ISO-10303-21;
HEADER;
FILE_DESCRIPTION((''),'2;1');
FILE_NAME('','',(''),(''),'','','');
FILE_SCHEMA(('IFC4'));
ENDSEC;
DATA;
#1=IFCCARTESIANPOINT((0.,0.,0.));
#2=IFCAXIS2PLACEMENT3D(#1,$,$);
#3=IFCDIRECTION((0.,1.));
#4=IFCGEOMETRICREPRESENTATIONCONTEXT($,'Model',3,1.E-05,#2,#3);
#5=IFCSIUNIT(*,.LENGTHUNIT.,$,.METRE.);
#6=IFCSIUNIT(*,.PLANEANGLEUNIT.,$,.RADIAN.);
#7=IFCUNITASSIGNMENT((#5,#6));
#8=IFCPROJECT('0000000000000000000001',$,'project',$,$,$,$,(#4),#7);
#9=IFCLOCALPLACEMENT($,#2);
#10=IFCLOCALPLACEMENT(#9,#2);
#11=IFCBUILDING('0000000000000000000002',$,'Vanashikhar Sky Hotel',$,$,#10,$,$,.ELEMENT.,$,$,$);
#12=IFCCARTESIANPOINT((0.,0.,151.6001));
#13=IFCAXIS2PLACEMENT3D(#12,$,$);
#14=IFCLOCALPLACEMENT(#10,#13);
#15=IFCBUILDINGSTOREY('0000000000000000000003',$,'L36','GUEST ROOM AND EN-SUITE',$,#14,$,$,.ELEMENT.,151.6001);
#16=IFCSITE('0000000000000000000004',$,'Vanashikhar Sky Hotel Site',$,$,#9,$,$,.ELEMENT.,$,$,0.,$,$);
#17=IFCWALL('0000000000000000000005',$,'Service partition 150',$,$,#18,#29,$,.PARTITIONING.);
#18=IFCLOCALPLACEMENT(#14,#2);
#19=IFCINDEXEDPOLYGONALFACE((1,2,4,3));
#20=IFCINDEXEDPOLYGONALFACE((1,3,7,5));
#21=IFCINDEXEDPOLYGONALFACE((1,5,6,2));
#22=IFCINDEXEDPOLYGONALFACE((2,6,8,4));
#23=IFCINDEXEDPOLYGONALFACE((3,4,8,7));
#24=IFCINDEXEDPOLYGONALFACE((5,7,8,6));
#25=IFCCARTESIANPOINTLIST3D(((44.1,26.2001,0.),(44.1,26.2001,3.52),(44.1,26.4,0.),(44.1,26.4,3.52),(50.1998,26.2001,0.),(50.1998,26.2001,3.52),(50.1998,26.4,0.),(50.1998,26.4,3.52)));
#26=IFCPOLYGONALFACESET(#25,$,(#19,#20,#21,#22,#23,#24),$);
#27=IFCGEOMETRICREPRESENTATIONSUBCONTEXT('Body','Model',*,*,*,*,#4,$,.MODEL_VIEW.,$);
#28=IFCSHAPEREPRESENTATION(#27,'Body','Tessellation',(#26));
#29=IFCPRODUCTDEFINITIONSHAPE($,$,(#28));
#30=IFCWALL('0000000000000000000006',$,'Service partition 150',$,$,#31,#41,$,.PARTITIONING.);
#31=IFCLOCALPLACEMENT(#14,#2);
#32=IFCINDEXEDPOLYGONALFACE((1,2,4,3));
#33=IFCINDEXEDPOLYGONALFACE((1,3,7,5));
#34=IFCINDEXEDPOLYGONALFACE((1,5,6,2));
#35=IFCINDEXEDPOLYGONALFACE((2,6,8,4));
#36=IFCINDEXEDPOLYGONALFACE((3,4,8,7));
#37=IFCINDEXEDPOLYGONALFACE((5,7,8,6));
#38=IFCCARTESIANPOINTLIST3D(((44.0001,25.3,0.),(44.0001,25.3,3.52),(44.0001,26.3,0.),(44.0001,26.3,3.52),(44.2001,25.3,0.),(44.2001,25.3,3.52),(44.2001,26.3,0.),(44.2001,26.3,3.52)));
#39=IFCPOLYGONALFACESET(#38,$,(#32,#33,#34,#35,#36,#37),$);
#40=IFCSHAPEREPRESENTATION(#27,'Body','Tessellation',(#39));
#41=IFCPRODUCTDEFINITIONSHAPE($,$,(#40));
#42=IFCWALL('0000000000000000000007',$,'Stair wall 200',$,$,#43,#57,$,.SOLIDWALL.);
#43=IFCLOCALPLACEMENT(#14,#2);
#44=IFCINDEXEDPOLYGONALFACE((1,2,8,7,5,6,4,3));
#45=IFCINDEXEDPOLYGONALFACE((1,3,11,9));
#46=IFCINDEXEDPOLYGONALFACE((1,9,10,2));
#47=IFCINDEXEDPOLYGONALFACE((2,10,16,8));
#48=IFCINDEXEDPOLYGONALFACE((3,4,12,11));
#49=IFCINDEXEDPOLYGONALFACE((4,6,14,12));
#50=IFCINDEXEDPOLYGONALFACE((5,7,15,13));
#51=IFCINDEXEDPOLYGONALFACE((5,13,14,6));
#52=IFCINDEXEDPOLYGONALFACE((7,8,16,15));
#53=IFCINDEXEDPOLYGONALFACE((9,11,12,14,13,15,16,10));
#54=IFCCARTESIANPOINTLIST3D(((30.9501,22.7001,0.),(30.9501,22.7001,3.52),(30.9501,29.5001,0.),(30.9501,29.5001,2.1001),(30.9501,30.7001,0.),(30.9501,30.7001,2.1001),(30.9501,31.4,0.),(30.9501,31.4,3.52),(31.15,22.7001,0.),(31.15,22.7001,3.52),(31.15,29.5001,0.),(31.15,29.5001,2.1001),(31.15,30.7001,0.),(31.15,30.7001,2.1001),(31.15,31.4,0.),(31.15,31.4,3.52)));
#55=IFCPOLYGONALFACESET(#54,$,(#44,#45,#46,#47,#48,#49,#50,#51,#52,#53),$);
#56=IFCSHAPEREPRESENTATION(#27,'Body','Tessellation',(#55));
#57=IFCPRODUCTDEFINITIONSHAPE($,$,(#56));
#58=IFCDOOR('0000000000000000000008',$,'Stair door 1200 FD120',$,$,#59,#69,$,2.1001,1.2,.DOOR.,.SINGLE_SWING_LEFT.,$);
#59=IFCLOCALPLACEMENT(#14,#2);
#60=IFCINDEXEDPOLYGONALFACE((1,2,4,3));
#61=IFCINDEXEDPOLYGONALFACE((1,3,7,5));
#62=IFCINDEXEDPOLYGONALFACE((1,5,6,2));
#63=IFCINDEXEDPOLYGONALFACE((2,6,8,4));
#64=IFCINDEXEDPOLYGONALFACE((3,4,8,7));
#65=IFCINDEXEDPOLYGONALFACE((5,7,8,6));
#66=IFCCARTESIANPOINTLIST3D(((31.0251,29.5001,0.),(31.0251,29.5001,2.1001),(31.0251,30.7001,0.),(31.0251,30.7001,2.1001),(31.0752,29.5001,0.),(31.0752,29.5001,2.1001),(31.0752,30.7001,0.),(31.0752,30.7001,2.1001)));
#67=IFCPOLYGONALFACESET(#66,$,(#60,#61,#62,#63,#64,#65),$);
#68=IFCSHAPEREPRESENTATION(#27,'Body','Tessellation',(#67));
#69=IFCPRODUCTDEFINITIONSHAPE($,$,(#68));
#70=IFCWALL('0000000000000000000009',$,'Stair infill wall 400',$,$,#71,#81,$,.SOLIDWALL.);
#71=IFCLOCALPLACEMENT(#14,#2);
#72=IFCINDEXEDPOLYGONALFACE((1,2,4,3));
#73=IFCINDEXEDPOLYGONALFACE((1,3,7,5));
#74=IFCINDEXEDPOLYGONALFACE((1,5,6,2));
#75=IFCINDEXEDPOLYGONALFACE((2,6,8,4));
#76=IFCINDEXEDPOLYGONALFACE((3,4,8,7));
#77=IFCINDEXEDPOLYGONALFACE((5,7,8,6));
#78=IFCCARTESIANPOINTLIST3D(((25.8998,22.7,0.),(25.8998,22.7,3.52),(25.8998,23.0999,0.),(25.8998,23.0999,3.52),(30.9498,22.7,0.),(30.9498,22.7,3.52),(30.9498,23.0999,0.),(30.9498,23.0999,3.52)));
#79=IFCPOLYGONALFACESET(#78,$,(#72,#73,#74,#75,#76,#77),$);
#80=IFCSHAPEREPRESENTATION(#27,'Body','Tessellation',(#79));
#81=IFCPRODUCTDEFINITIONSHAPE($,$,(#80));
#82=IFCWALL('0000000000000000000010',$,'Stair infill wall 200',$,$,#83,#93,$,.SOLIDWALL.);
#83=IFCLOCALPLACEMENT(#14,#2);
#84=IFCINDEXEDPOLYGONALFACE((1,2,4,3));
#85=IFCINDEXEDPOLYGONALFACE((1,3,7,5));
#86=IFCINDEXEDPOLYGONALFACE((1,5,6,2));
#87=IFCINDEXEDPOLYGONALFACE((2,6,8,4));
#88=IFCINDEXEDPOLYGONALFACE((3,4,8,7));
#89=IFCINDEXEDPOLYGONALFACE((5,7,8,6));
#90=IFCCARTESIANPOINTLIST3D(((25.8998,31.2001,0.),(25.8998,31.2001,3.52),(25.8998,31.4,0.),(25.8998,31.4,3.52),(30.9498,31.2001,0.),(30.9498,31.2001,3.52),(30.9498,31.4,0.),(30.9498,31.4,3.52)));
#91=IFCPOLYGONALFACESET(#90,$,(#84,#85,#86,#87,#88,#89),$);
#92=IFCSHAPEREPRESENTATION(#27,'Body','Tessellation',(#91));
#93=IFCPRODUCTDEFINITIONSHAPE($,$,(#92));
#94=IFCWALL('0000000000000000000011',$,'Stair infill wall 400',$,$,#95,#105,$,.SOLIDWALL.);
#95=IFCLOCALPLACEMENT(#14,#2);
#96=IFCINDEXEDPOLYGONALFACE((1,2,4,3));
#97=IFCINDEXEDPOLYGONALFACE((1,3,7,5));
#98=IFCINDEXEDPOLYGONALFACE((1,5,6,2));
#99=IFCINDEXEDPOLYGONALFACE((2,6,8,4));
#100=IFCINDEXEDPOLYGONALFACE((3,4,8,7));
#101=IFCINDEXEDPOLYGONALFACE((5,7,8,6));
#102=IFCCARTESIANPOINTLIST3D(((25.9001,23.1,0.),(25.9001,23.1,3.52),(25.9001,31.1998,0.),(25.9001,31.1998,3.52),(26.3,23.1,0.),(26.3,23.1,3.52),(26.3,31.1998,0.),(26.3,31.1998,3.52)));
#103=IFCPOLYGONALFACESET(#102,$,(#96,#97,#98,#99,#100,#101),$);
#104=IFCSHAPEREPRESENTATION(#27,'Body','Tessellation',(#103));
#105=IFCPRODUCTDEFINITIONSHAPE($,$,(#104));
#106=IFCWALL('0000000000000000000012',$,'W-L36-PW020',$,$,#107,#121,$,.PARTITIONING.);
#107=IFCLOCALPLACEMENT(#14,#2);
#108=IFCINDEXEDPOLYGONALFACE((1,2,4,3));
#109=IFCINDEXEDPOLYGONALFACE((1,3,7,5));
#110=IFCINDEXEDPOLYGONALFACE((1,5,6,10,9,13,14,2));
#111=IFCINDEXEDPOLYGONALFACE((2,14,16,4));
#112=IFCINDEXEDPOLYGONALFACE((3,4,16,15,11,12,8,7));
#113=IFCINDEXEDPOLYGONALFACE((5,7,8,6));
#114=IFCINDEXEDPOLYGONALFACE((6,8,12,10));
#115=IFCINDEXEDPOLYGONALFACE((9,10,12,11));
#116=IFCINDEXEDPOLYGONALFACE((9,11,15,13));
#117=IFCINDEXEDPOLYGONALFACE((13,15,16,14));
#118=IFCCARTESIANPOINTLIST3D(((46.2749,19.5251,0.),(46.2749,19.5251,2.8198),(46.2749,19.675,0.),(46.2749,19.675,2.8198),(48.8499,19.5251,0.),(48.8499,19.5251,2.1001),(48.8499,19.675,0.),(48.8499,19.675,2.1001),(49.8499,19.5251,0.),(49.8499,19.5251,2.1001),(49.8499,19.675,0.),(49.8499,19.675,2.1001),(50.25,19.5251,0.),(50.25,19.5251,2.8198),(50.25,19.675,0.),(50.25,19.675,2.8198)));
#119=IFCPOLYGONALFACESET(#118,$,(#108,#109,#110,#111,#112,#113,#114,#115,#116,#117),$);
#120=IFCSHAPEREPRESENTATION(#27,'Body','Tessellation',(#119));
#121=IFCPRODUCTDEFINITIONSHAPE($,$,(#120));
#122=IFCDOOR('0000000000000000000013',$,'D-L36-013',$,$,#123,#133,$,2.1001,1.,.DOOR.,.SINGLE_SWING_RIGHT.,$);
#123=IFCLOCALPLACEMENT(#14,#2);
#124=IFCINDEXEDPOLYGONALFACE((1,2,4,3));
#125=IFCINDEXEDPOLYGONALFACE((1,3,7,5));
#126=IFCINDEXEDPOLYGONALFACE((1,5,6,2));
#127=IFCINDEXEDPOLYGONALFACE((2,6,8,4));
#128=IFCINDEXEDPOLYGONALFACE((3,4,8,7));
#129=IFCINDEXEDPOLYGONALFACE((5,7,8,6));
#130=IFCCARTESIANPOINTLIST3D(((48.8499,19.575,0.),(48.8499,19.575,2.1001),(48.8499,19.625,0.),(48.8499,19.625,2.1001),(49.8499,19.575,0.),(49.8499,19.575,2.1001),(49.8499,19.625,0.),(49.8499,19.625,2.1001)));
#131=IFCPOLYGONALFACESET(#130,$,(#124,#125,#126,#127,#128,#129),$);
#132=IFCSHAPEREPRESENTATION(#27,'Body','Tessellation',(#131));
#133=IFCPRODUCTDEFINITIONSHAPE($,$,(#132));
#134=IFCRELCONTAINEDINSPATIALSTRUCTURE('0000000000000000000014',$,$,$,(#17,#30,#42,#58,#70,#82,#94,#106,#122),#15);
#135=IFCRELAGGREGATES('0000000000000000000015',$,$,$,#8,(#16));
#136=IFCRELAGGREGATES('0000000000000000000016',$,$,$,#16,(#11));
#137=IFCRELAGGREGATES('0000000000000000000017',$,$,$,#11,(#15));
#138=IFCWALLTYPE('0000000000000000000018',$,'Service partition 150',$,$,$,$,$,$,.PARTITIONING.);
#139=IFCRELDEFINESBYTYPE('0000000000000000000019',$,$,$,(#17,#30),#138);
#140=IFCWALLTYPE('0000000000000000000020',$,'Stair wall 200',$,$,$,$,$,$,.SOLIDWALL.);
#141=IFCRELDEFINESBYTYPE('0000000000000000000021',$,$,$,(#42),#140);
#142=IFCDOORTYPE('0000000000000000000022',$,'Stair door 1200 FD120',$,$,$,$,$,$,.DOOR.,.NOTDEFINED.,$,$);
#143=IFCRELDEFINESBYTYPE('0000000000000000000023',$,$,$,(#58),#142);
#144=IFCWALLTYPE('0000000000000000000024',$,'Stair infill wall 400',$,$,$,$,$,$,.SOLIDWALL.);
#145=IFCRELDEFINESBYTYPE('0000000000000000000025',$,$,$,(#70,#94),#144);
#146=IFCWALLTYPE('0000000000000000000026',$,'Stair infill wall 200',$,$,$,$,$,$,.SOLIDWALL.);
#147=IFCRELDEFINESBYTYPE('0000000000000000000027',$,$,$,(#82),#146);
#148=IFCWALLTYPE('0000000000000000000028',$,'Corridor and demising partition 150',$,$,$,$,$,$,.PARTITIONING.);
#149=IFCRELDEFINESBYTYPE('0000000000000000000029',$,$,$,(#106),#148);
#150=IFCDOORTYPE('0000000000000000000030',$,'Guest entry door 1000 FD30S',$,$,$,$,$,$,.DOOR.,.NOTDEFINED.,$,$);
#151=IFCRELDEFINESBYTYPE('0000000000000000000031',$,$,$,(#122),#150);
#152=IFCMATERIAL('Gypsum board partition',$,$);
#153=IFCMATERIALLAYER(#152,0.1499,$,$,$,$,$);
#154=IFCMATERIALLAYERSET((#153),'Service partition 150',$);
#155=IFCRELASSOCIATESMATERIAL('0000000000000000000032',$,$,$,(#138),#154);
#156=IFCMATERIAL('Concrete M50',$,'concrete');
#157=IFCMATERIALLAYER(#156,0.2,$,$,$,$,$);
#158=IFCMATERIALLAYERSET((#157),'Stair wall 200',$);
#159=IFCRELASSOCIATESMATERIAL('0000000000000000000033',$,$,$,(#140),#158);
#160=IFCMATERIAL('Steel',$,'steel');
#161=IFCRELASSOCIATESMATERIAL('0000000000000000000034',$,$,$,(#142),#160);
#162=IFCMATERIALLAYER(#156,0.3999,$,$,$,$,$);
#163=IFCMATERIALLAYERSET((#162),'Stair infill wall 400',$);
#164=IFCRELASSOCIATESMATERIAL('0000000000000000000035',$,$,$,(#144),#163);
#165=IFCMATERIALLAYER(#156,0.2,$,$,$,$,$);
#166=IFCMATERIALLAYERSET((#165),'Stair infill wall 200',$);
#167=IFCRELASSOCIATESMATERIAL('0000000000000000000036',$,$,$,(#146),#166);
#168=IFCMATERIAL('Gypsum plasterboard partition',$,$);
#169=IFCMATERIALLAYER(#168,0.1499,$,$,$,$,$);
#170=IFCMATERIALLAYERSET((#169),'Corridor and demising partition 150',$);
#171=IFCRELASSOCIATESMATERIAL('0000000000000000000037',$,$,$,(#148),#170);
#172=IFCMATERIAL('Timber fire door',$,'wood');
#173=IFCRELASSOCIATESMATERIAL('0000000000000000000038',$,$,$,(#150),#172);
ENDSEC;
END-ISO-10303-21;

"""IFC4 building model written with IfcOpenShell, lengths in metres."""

from ifc_helpers import new_model, si_unit, direction, frame, frame_2d, origin, place, context, subcontext, project, spatial, rectangle, extrude, source, transform, mapped, material, layer, layer_set, type_object, element, fill, save


model = new_model("IFC4")

# Units and contexts
model_context = context("Model", 3, precision=1e-05, world=origin(), true_north=direction((0.0, 1.0)))
body_context = subcontext(model_context, "Body", "Model", "MODEL_VIEW")
ifc_project = project(units=[si_unit("LENGTHUNIT", "METRE"), si_unit("PLANEANGLEUNIT", "RADIAN")], contexts=[model_context])

# Site, building, storey
site_placement = place(None, origin())
site = spatial("IfcSite", under=ifc_project, at=site_placement, Name="Vanashikhar Sky Hotel Site", CompositionType="ELEMENT", RefElevation=0.0)
building_placement = place(site_placement, origin())
building = spatial("IfcBuilding", under=site, at=building_placement, Name="Vanashikhar Sky Hotel", CompositionType="ELEMENT")
storey_placement = place(building_placement, frame((0.0, 0.0, 151.6001)))
storey = spatial("IfcBuildingStorey", under=building, at=storey_placement, Name="L36", Description="GUEST ROOM AND EN-SUITE", CompositionType="ELEMENT", Elevation=151.6001)

# Shared definitions
ifc_material_1 = material(Name="Steel", Category="steel")

# Shared definitions
ifc_material_2 = material(Name="Gypsum board partition")
ifc_layer_1 = layer(ifc_material_2, 0.1499)
ifc_layer_set_1 = layer_set([ifc_layer_1], Name="Service partition 150")
wall_type_1 = type_object("IfcWallType", Name="Service partition 150", PredefinedType="PARTITIONING", material=ifc_layer_set_1)

# Walls
shared_shape_1 = source(origin(), body_context, "Body", "SweptSolid", [
    extrude(rectangle(XDim=6.0999, YDim=0.2, at=frame_2d((3.0498, 0.0))), origin(), (0.0, 0.0, 1.0), 3.52),
])
wall_1_placement = place(storey_placement, frame((44.1001, 26.3, 0.0), z_axis=(0.0, 0.0, 1.0), x_axis=(1.0, 0.0, 0.0)))
element("IfcWall", 1, at=wall_1_placement, inside=storey, type_object=wall_type_1, Name="Service partition 150", PredefinedType="PARTITIONING", context=body_context, shape_type="MappedRepresentation", body=[
    mapped(shared_shape_1, transform((0.0, 0.0, 0.0), scale=1.0)),
])
shared_shape_2 = source(origin(), body_context, "Body", "SweptSolid", [
    extrude(rectangle(XDim=1.0, YDim=0.2, at=frame_2d((0.5, 0.0))), origin(), (0.0, 0.0, 1.0), 3.52),
])
wall_2_placement = place(storey_placement, frame((44.1001, 25.3, 0.0), z_axis=(0.0, 0.0, 1.0), x_axis=(0.0, 1.0, 0.0)))
element("IfcWall", 2, at=wall_2_placement, inside=storey, type_object=wall_type_1, Name="Service partition 150", PredefinedType="PARTITIONING", context=body_context, shape_type="MappedRepresentation", body=[
    mapped(shared_shape_2, transform((0.0, 0.0, 0.0), scale=1.0)),
])

# Wall, opening, door
ifc_material_3 = material(Name="Concrete M50", Category="concrete")
ifc_layer_2 = layer(ifc_material_3, 0.2)
ifc_layer_set_2 = layer_set([ifc_layer_2], Name="Stair wall 200")
wall_type_2 = type_object("IfcWallType", Name="Stair wall 200", PredefinedType="SOLIDWALL", material=ifc_layer_set_2)
shared_shape_3 = source(origin(), body_context, "Body", "SweptSolid", [
    extrude(rectangle(XDim=8.7, YDim=0.2, at=frame_2d((4.3501, 0.0))), origin(), (0.0, 0.0, 1.0), 3.52),
])
wall_3_placement = place(storey_placement, frame((31.05, 22.7, 0.0), z_axis=(0.0, 0.0, 1.0), x_axis=(0.0, 1.0, 0.0)))
wall_3 = element("IfcWall", 3, at=wall_3_placement, inside=storey, type_object=wall_type_2, Name="Stair wall 200", PredefinedType="SOLIDWALL", context=body_context, shape_type="MappedRepresentation", body=[
    mapped(shared_shape_3, transform((0.0, 0.0, 0.0), scale=1.0)),
])
shared_shape_4 = source(origin(), body_context, "Body", "SweptSolid", [
    extrude(rectangle(XDim=1.2, YDim=2.1001, at=frame_2d((0.6001, 1.05))), frame((0.0, 0.1099, 0.0), z_axis=(0.0, -1.0, 0.0), x_axis=(1.0, 0.0, 0.0)), (0.0, 0.0, 1.0), 0.22),
])
opening_1_placement = place(wall_3_placement, frame((6.8, 0.0, 0.0)))
opening_1 = element("IfcOpeningElement", 4, at=opening_1_placement, cuts=wall_3, PredefinedType="OPENING", context=body_context, shape_type="MappedRepresentation", body=[
    mapped(shared_shape_4, transform((0.0, 0.0, 0.0), scale=1.0)),
])
door_type_1 = type_object("IfcDoorType", Name="Stair door 1200 FD120", OperationType="NOTDEFINED", PredefinedType="DOOR", material=ifc_material_1)
shared_shape_5 = source(origin(), body_context, "Body", "SweptSolid", [
    extrude(rectangle(XDim=1.2, YDim=2.1001, at=frame_2d((0.6001, 1.05))), frame((0.0, 0.0249, 0.0), z_axis=(0.0, -1.0, 0.0), x_axis=(1.0, 0.0, 0.0)), (0.0, 0.0, 1.0), 0.05),
])
door_1_placement = place(opening_1_placement, origin())
door_1 = element("IfcDoor", 5, at=door_1_placement, inside=storey, type_object=door_type_1, Name="Stair door 1200 FD120", OperationType="SINGLE_SWING_LEFT", OverallHeight=2.1001, OverallWidth=1.2, PredefinedType="DOOR", context=body_context, shape_type="MappedRepresentation", body=[
    mapped(shared_shape_5, transform((0.0, 0.0, 0.0), scale=1.0)),
])
fill(opening_1, door_1)

# Walls
ifc_layer_3 = layer(ifc_material_3, 0.3999)
ifc_layer_set_3 = layer_set([ifc_layer_3], Name="Stair infill wall 400")
wall_type_3 = type_object("IfcWallType", Name="Stair infill wall 400", PredefinedType="SOLIDWALL", material=ifc_layer_set_3)
shared_shape_6 = source(origin(), body_context, "Body", "SweptSolid", [
    extrude(rectangle(XDim=5.05, YDim=0.3999, at=frame_2d((2.5249, 0.0))), origin(), (0.0, 0.0, 1.0), 3.52),
])
wall_4_placement = place(storey_placement, frame((25.8999, 22.8999, 0.0), z_axis=(0.0, 0.0, 1.0), x_axis=(1.0, 0.0, 0.0)))
element("IfcWall", 6, at=wall_4_placement, inside=storey, type_object=wall_type_3, Name="Stair infill wall 400", PredefinedType="SOLIDWALL", context=body_context, shape_type="MappedRepresentation", body=[
    mapped(shared_shape_6, transform((0.0, 0.0, 0.0), scale=1.0)),
])
ifc_layer_4 = layer(ifc_material_3, 0.2)
ifc_layer_set_4 = layer_set([ifc_layer_4], Name="Stair infill wall 200")
wall_type_4 = type_object("IfcWallType", Name="Stair infill wall 200", PredefinedType="SOLIDWALL", material=ifc_layer_set_4)
shared_shape_7 = source(origin(), body_context, "Body", "SweptSolid", [
    extrude(rectangle(XDim=5.05, YDim=0.2, at=frame_2d((2.5249, 0.0))), origin(), (0.0, 0.0, 1.0), 3.52),
])
wall_5_placement = place(storey_placement, frame((25.8999, 31.3, 0.0), z_axis=(0.0, 0.0, 1.0), x_axis=(1.0, 0.0, 0.0)))
element("IfcWall", 7, at=wall_5_placement, inside=storey, type_object=wall_type_4, Name="Stair infill wall 200", PredefinedType="SOLIDWALL", context=body_context, shape_type="MappedRepresentation", body=[
    mapped(shared_shape_7, transform((0.0, 0.0, 0.0), scale=1.0)),
])
shared_shape_8 = source(origin(), body_context, "Body", "SweptSolid", [
    extrude(rectangle(XDim=8.0999, YDim=0.3999, at=frame_2d((4.0498, 0.0))), origin(), (0.0, 0.0, 1.0), 3.52),
])
wall_6_placement = place(storey_placement, frame((26.1001, 23.1001, 0.0), z_axis=(0.0, 0.0, 1.0), x_axis=(0.0, 1.0, 0.0)))
element("IfcWall", 8, at=wall_6_placement, inside=storey, type_object=wall_type_3, Name="Stair infill wall 400", PredefinedType="SOLIDWALL", context=body_context, shape_type="MappedRepresentation", body=[
    mapped(shared_shape_8, transform((0.0, 0.0, 0.0), scale=1.0)),
])

# Wall, opening, door
ifc_material_4 = material(Name="Gypsum plasterboard partition")
ifc_layer_5 = layer(ifc_material_4, 0.1499)
ifc_layer_set_5 = layer_set([ifc_layer_5], Name="Corridor and demising partition 150")
wall_type_5 = type_object("IfcWallType", Name="Corridor and demising partition 150", PredefinedType="PARTITIONING", material=ifc_layer_set_5)
shared_shape_9 = source(origin(), body_context, "Body", "SweptSolid", [
    extrude(rectangle(XDim=3.9751, YDim=0.1499, at=frame_2d((1.9875, 0.0))), origin(), (0.0, 0.0, 1.0), 2.8198),
])
wall_7_placement = place(storey_placement, frame((46.2749, 19.6001, 0.0), z_axis=(0.0, 0.0, 1.0), x_axis=(1.0, 0.0, 0.0)))
wall_7 = element("IfcWall", 9, at=wall_7_placement, inside=storey, type_object=wall_type_5, Name="W-L36-PW020", PredefinedType="PARTITIONING", context=body_context, shape_type="MappedRepresentation", body=[
    mapped(shared_shape_9, transform((0.0, 0.0, 0.0), scale=1.0)),
])
shared_shape_10 = source(origin(), body_context, "Body", "SweptSolid", [
    extrude(rectangle(XDim=1.0, YDim=2.1001, at=frame_2d((0.5, 1.05))), frame((0.0, 0.085, 0.0), z_axis=(0.0, -1.0, 0.0), x_axis=(1.0, 0.0, 0.0)), (0.0, 0.0, 1.0), 0.1699),
])
opening_2_placement = place(wall_7_placement, frame((2.575, 0.0, 0.0)))
opening_2 = element("IfcOpeningElement", 10, at=opening_2_placement, cuts=wall_7, PredefinedType="OPENING", context=body_context, shape_type="MappedRepresentation", body=[
    mapped(shared_shape_10, transform((0.0, 0.0, 0.0), scale=1.0)),
])
ifc_material_5 = material(Name="Timber fire door", Category="wood")
door_type_2 = type_object("IfcDoorType", Name="Guest entry door 1000 FD30S", OperationType="NOTDEFINED", PredefinedType="DOOR", material=ifc_material_5)
shared_shape_11 = source(origin(), body_context, "Body", "SweptSolid", [
    extrude(rectangle(XDim=1.0, YDim=2.1001, at=frame_2d((0.5, 1.05))), frame((0.0, 0.0249, 0.0), z_axis=(0.0, -1.0, 0.0), x_axis=(1.0, 0.0, 0.0)), (0.0, 0.0, 1.0), 0.05),
])
door_2_placement = place(opening_2_placement, origin())
door_2 = element("IfcDoor", 11, at=door_2_placement, inside=storey, type_object=door_type_2, Name="D-L36-013", OperationType="SINGLE_SWING_RIGHT", OverallHeight=2.1001, OverallWidth=1.0, PredefinedType="DOOR", context=body_context, shape_type="MappedRepresentation", body=[
    mapped(shared_shape_11, transform((0.0, 0.0, 0.0), scale=1.0)),
])
fill(opening_2, door_2)

save(model, "model.ifc")
